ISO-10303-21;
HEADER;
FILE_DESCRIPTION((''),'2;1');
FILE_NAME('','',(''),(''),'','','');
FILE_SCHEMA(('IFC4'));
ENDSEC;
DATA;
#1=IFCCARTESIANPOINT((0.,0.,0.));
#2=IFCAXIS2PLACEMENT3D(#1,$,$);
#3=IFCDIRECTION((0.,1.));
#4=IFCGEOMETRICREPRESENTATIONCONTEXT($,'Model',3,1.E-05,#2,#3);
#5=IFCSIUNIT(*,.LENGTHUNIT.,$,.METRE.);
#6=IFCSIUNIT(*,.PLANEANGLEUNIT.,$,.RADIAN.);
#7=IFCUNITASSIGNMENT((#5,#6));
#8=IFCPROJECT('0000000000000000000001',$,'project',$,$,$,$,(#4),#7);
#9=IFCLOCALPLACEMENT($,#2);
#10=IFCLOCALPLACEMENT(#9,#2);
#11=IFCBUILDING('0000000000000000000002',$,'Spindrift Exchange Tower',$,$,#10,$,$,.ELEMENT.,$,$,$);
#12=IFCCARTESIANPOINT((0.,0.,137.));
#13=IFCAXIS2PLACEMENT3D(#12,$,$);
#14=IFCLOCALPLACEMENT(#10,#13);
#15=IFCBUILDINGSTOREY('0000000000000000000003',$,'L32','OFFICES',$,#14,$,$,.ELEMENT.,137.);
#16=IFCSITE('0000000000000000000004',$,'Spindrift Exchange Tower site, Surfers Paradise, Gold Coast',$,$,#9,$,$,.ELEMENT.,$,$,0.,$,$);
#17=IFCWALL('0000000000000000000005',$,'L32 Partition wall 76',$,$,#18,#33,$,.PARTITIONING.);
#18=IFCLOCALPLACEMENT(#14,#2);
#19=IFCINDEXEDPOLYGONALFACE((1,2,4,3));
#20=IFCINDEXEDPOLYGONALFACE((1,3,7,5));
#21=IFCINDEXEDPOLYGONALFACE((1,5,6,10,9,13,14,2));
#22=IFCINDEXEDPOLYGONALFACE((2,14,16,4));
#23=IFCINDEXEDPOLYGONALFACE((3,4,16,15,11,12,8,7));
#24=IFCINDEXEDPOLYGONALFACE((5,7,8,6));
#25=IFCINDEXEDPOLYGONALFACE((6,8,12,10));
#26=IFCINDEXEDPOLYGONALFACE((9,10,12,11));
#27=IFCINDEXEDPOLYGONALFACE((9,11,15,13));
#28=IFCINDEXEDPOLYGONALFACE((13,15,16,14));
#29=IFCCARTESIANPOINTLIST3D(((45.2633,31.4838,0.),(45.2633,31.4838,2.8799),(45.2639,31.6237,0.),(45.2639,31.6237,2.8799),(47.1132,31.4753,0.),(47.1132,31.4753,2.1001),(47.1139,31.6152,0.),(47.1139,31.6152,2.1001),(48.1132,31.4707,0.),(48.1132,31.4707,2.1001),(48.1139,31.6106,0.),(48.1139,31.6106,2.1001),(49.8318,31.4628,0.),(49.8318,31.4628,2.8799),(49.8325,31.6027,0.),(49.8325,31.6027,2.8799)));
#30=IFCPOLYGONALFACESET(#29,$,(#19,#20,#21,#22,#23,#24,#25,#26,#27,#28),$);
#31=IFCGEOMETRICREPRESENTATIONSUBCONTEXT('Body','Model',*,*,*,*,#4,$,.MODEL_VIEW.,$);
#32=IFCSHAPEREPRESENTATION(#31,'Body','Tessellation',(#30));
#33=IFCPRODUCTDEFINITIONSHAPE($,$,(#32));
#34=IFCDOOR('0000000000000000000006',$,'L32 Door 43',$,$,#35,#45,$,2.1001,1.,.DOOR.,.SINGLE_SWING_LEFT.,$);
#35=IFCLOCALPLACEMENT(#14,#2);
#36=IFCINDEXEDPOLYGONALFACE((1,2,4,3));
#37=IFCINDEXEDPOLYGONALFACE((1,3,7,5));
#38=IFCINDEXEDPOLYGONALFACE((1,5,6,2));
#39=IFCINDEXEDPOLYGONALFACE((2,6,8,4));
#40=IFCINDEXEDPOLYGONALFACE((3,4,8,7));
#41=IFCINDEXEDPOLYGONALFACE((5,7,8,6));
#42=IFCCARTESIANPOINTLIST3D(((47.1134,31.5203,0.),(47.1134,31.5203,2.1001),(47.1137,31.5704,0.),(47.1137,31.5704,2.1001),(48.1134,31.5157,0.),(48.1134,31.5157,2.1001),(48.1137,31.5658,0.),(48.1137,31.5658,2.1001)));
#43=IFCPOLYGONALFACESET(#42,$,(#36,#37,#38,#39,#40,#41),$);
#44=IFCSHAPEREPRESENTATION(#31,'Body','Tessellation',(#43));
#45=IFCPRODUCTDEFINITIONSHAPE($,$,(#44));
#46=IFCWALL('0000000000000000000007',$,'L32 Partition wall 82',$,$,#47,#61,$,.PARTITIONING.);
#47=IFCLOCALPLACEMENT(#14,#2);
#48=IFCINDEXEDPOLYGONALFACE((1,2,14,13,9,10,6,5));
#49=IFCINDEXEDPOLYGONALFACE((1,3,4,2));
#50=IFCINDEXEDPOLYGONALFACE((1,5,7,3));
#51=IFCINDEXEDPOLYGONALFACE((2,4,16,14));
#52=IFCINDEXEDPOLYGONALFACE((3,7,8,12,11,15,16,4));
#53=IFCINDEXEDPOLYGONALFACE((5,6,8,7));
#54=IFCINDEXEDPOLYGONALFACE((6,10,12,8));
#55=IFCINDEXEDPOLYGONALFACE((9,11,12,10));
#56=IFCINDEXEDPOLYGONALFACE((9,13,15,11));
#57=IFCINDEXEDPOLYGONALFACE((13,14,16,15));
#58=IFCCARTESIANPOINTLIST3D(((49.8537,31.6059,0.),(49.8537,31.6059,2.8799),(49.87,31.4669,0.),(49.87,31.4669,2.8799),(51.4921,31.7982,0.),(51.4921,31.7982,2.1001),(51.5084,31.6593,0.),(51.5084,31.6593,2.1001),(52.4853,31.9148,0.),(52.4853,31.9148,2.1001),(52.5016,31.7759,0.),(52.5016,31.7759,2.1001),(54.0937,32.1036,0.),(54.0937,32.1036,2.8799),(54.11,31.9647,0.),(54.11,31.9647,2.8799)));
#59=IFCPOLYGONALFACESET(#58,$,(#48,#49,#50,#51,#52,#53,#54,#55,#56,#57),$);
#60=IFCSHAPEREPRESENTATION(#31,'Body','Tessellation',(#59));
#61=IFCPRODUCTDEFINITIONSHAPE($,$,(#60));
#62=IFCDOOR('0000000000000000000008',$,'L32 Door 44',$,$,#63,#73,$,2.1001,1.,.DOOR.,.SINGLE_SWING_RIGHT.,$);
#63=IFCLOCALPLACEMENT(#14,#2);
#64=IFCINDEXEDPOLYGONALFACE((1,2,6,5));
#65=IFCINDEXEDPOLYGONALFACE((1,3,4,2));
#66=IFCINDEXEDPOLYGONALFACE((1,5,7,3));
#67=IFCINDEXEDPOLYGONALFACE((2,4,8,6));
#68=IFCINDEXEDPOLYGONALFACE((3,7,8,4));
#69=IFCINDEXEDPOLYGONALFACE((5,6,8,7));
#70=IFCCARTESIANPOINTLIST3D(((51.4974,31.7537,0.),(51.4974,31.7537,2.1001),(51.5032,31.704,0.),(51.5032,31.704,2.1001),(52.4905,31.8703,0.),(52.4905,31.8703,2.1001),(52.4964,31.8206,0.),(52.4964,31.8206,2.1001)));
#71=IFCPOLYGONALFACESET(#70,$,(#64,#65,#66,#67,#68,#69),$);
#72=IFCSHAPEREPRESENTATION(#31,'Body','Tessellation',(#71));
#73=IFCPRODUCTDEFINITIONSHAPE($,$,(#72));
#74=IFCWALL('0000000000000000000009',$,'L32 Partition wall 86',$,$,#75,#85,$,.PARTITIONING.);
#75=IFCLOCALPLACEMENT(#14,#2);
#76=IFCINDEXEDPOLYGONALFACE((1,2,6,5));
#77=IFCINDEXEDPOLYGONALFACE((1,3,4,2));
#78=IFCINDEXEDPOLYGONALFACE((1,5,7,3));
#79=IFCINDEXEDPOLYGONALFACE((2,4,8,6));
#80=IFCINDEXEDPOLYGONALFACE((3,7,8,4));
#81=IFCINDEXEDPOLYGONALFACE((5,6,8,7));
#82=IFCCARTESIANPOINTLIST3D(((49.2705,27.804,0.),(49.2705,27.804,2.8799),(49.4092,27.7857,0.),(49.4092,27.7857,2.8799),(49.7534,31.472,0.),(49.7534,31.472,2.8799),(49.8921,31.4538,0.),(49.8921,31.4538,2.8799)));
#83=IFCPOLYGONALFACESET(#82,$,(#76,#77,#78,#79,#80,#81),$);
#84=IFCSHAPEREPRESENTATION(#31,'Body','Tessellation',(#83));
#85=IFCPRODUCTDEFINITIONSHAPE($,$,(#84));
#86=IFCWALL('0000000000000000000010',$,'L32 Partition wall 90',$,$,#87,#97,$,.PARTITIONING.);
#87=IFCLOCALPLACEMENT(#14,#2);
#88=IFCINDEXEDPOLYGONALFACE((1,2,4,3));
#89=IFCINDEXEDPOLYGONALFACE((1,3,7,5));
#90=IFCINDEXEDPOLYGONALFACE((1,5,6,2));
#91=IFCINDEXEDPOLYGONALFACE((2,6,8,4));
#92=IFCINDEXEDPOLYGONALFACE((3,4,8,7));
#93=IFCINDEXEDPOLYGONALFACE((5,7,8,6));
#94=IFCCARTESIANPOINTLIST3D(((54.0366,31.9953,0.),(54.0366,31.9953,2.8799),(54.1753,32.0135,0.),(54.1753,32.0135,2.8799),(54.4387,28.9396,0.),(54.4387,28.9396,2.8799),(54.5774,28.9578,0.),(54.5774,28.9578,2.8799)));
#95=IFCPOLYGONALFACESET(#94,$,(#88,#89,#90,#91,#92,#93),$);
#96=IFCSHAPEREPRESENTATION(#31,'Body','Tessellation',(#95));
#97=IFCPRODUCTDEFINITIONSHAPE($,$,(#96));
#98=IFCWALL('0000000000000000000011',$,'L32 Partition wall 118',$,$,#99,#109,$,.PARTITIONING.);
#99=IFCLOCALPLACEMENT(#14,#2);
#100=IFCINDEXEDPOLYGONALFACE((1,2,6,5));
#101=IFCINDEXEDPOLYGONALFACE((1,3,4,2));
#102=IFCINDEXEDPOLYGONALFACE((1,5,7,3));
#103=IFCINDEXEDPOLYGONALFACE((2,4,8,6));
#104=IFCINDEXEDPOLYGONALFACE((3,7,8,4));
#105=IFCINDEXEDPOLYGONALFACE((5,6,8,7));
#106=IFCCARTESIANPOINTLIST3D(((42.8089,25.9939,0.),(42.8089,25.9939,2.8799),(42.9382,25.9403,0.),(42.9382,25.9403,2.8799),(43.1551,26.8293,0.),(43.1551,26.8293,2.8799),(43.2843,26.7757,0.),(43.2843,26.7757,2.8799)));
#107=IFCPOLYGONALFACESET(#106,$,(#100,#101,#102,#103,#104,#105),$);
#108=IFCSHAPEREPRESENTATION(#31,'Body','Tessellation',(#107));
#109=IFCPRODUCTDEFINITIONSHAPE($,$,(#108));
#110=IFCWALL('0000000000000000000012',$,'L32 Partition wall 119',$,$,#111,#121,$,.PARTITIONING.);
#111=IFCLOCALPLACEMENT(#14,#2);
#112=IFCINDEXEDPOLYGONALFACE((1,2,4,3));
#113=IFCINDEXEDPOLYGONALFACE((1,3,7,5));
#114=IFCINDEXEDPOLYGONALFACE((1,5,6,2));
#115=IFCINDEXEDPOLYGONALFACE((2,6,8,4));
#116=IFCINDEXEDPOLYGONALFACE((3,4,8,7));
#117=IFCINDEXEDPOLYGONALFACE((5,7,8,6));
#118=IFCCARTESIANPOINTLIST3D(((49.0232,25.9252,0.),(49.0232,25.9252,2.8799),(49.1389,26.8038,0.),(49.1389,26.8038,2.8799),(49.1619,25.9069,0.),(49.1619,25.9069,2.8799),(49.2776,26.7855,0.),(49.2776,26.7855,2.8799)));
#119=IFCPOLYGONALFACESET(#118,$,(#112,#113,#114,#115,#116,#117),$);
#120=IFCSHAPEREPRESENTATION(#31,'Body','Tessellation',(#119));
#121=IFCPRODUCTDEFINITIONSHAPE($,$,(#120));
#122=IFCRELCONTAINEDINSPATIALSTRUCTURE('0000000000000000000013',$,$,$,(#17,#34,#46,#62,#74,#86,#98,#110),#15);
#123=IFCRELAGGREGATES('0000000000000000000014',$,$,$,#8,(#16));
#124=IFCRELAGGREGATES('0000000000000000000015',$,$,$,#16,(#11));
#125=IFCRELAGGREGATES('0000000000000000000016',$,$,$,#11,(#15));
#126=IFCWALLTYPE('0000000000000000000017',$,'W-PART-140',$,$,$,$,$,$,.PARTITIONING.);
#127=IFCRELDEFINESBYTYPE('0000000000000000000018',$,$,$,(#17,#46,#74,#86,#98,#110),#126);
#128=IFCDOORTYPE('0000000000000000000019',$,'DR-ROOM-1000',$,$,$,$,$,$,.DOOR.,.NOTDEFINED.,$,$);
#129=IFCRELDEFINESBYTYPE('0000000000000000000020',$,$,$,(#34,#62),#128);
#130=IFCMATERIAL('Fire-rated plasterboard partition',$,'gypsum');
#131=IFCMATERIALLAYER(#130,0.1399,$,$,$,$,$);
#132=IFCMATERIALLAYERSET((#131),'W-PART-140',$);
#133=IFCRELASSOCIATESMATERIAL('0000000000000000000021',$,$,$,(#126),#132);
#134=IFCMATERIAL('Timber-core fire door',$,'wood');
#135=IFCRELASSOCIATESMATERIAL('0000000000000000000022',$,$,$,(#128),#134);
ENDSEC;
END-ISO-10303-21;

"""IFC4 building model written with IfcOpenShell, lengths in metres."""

from ifc_helpers import new_model, si_unit, direction, frame, frame_2d, origin, place, context, subcontext, project, spatial, rectangle, extrude, source, transform, mapped, material, layer, layer_set, type_object, element, fill, save


model = new_model("IFC4")

# Units and contexts
model_context = context("Model", 3, precision=1e-05, world=origin(), true_north=direction((0.0, 1.0)))
body_context = subcontext(model_context, "Body", "Model", "MODEL_VIEW")
ifc_project = project(units=[si_unit("LENGTHUNIT", "METRE"), si_unit("PLANEANGLEUNIT", "RADIAN")], contexts=[model_context])

# Site, building, storey
site_placement = place(None, origin())
site = spatial("IfcSite", under=ifc_project, at=site_placement, Name="Spindrift Exchange Tower site, Surfers Paradise, Gold Coast", CompositionType="ELEMENT", RefElevation=0.0)
building_placement = place(site_placement, origin())
building = spatial("IfcBuilding", under=site, at=building_placement, Name="Spindrift Exchange Tower", CompositionType="ELEMENT")
storey_placement = place(building_placement, frame((0.0, 0.0, 137.0)))
storey = spatial("IfcBuildingStorey", under=building, at=storey_placement, Name="L32", Description="OFFICES", CompositionType="ELEMENT", Elevation=137.0)

# Shared definitions
ifc_material_1 = material(Name="Fire-rated plasterboard partition", Category="gypsum")
ifc_layer_1 = layer(ifc_material_1, 0.1399)
ifc_layer_set_1 = layer_set([ifc_layer_1], Name="W-PART-140")
wall_type = type_object("IfcWallType", Name="W-PART-140", PredefinedType="PARTITIONING", material=ifc_layer_set_1)

# Walls, openings, doors
wall_1_placement = place(storey_placement, frame((49.832, 31.5327, 0.0), z_axis=(0.0, 0.0, 1.0), x_axis=(-0.999989, 0.004596, 0.0)))
wall_1 = element("IfcWall", 1, at=wall_1_placement, inside=storey, type_object=wall_type, Name="L32 Partition wall 76", PredefinedType="PARTITIONING", context=body_context, shape_type="SweptSolid", body=[
    extrude(rectangle(XDim=4.5686, YDim=0.1399, at=frame_2d((2.2842, 0.0))), origin(), (0.0, 0.0, 1.0), 2.8799),
])
opening_1_placement = place(wall_1_placement, frame((1.7185, 0.0, 0.0)))
opening_1 = element("IfcOpeningElement", 2, at=opening_1_placement, cuts=wall_1, PredefinedType="OPENING", context=body_context, shape_type="SweptSolid", body=[
    extrude(rectangle(XDim=1.0, YDim=2.1001, at=frame_2d((0.5, 1.05))), frame((0.0, 0.0798, 0.0), z_axis=(0.0, -1.0, 0.0), x_axis=(1.0, 0.0, 0.0)), (0.0, 0.0, 1.0), 0.1599),
])
ifc_material_2 = material(Name="Timber-core fire door", Category="wood")
door_type = type_object("IfcDoorType", Name="DR-ROOM-1000", OperationType="NOTDEFINED", PredefinedType="DOOR", material=ifc_material_2)
shared_shape_1 = source(origin(), body_context, "Body", "SweptSolid", [
    extrude(rectangle(XDim=1.0, YDim=2.1001, at=frame_2d((0.5, 1.05))), frame((0.0, 0.0249, 0.0), z_axis=(0.0, -1.0, 0.0), x_axis=(1.0, 0.0, 0.0)), (0.0, 0.0, 1.0), 0.05),
])
door_1_placement = place(opening_1_placement, origin())
door_1 = element("IfcDoor", 3, at=door_1_placement, inside=storey, type_object=door_type, Name="L32 Door 43", OperationType="SINGLE_SWING_LEFT", OverallHeight=2.1001, OverallWidth=1.0, PredefinedType="DOOR", context=body_context, shape_type="MappedRepresentation", body=[
    mapped(shared_shape_1, transform((0.0, 0.0, 0.0), scale=1.0)),
])
fill(opening_1, door_1)
wall_2_placement = place(storey_placement, frame((54.1018, 32.0342, 0.0), z_axis=(0.0, 0.0, 1.0), x_axis=(-0.993178, -0.116606, 0.0)))
wall_2 = element("IfcWall", 4, at=wall_2_placement, inside=storey, type_object=wall_type, Name="L32 Partition wall 82", PredefinedType="PARTITIONING", context=body_context, shape_type="SweptSolid", body=[
    extrude(rectangle(XDim=4.269, YDim=0.1399, at=frame_2d((2.1345, 0.0))), origin(), (0.0, 0.0, 1.0), 2.8799),
])
opening_2_placement = place(wall_2_placement, frame((1.6194, 0.0, 0.0)))
opening_2 = element("IfcOpeningElement", 5, at=opening_2_placement, cuts=wall_2, PredefinedType="OPENING", context=body_context, shape_type="SweptSolid", body=[
    extrude(rectangle(XDim=1.0, YDim=2.1001, at=frame_2d((0.5, 1.05))), frame((0.0, 0.0798, 0.0), z_axis=(0.0, -1.0, 0.0), x_axis=(1.0, 0.0, 0.0)), (0.0, 0.0, 1.0), 0.1599),
])
door_2_placement = place(opening_2_placement, origin())
door_2 = element("IfcDoor", 6, at=door_2_placement, inside=storey, type_object=door_type, Name="L32 Door 44", OperationType="SINGLE_SWING_RIGHT", OverallHeight=2.1001, OverallWidth=1.0, PredefinedType="DOOR", context=body_context, shape_type="MappedRepresentation", body=[
    mapped(shared_shape_1, transform((0.0, 0.0, 0.0), scale=1.0)),
])
fill(opening_2, door_2)

# Walls
wall_3_placement = place(storey_placement, frame((49.8228, 31.4629, 0.0), z_axis=(0.0, 0.0, 1.0), x_axis=(-0.13053, -0.991444, 0.0)))
element("IfcWall", 7, at=wall_3_placement, inside=storey, type_object=wall_type, Name="L32 Partition wall 86", PredefinedType="PARTITIONING", context=body_context, shape_type="SweptSolid", body=[
    extrude(rectangle(XDim=3.6997, YDim=0.1399, at=frame_2d((1.8499, 0.0))), origin(), (0.0, 0.0, 1.0), 2.8799),
])
wall_4_placement = place(storey_placement, frame((54.106, 32.0044, 0.0), z_axis=(0.0, 0.0, 1.0), x_axis=(0.130467, -0.991453, 0.0)))
element("IfcWall", 8, at=wall_4_placement, inside=storey, type_object=wall_type, Name="L32 Partition wall 90", PredefinedType="PARTITIONING", context=body_context, shape_type="SweptSolid", body=[
    extrude(rectangle(XDim=3.082, YDim=0.1399, at=frame_2d((1.541, 0.0))), origin(), (0.0, 0.0, 1.0), 2.8799),
])
wall_5_placement = place(storey_placement, frame((43.2197, 26.8025, 0.0), z_axis=(0.0, 0.0, 1.0), x_axis=(-0.382813, -0.923826, 0.0)))
element("IfcWall", 9, at=wall_5_placement, inside=storey, type_object=wall_type, Name="L32 Partition wall 118", PredefinedType="PARTITIONING", context=body_context, shape_type="SweptSolid", body=[
    extrude(rectangle(XDim=0.9043, YDim=0.1399, at=frame_2d((0.4521, 0.0))), origin(), (0.0, 0.0, 1.0), 2.8799),
])
wall_6_placement = place(storey_placement, frame((49.2083, 26.7947, 0.0), z_axis=(0.0, 0.0, 1.0), x_axis=(-0.130576, -0.991438, 0.0)))
element("IfcWall", 10, at=wall_6_placement, inside=storey, type_object=wall_type, Name="L32 Partition wall 119", PredefinedType="PARTITIONING", context=body_context, shape_type="SweptSolid", body=[
    extrude(rectangle(XDim=0.8862, YDim=0.1399, at=frame_2d((0.4431, 0.0))), origin(), (0.0, 0.0, 1.0), 2.8799),
])

save(model, "model.ifc")
